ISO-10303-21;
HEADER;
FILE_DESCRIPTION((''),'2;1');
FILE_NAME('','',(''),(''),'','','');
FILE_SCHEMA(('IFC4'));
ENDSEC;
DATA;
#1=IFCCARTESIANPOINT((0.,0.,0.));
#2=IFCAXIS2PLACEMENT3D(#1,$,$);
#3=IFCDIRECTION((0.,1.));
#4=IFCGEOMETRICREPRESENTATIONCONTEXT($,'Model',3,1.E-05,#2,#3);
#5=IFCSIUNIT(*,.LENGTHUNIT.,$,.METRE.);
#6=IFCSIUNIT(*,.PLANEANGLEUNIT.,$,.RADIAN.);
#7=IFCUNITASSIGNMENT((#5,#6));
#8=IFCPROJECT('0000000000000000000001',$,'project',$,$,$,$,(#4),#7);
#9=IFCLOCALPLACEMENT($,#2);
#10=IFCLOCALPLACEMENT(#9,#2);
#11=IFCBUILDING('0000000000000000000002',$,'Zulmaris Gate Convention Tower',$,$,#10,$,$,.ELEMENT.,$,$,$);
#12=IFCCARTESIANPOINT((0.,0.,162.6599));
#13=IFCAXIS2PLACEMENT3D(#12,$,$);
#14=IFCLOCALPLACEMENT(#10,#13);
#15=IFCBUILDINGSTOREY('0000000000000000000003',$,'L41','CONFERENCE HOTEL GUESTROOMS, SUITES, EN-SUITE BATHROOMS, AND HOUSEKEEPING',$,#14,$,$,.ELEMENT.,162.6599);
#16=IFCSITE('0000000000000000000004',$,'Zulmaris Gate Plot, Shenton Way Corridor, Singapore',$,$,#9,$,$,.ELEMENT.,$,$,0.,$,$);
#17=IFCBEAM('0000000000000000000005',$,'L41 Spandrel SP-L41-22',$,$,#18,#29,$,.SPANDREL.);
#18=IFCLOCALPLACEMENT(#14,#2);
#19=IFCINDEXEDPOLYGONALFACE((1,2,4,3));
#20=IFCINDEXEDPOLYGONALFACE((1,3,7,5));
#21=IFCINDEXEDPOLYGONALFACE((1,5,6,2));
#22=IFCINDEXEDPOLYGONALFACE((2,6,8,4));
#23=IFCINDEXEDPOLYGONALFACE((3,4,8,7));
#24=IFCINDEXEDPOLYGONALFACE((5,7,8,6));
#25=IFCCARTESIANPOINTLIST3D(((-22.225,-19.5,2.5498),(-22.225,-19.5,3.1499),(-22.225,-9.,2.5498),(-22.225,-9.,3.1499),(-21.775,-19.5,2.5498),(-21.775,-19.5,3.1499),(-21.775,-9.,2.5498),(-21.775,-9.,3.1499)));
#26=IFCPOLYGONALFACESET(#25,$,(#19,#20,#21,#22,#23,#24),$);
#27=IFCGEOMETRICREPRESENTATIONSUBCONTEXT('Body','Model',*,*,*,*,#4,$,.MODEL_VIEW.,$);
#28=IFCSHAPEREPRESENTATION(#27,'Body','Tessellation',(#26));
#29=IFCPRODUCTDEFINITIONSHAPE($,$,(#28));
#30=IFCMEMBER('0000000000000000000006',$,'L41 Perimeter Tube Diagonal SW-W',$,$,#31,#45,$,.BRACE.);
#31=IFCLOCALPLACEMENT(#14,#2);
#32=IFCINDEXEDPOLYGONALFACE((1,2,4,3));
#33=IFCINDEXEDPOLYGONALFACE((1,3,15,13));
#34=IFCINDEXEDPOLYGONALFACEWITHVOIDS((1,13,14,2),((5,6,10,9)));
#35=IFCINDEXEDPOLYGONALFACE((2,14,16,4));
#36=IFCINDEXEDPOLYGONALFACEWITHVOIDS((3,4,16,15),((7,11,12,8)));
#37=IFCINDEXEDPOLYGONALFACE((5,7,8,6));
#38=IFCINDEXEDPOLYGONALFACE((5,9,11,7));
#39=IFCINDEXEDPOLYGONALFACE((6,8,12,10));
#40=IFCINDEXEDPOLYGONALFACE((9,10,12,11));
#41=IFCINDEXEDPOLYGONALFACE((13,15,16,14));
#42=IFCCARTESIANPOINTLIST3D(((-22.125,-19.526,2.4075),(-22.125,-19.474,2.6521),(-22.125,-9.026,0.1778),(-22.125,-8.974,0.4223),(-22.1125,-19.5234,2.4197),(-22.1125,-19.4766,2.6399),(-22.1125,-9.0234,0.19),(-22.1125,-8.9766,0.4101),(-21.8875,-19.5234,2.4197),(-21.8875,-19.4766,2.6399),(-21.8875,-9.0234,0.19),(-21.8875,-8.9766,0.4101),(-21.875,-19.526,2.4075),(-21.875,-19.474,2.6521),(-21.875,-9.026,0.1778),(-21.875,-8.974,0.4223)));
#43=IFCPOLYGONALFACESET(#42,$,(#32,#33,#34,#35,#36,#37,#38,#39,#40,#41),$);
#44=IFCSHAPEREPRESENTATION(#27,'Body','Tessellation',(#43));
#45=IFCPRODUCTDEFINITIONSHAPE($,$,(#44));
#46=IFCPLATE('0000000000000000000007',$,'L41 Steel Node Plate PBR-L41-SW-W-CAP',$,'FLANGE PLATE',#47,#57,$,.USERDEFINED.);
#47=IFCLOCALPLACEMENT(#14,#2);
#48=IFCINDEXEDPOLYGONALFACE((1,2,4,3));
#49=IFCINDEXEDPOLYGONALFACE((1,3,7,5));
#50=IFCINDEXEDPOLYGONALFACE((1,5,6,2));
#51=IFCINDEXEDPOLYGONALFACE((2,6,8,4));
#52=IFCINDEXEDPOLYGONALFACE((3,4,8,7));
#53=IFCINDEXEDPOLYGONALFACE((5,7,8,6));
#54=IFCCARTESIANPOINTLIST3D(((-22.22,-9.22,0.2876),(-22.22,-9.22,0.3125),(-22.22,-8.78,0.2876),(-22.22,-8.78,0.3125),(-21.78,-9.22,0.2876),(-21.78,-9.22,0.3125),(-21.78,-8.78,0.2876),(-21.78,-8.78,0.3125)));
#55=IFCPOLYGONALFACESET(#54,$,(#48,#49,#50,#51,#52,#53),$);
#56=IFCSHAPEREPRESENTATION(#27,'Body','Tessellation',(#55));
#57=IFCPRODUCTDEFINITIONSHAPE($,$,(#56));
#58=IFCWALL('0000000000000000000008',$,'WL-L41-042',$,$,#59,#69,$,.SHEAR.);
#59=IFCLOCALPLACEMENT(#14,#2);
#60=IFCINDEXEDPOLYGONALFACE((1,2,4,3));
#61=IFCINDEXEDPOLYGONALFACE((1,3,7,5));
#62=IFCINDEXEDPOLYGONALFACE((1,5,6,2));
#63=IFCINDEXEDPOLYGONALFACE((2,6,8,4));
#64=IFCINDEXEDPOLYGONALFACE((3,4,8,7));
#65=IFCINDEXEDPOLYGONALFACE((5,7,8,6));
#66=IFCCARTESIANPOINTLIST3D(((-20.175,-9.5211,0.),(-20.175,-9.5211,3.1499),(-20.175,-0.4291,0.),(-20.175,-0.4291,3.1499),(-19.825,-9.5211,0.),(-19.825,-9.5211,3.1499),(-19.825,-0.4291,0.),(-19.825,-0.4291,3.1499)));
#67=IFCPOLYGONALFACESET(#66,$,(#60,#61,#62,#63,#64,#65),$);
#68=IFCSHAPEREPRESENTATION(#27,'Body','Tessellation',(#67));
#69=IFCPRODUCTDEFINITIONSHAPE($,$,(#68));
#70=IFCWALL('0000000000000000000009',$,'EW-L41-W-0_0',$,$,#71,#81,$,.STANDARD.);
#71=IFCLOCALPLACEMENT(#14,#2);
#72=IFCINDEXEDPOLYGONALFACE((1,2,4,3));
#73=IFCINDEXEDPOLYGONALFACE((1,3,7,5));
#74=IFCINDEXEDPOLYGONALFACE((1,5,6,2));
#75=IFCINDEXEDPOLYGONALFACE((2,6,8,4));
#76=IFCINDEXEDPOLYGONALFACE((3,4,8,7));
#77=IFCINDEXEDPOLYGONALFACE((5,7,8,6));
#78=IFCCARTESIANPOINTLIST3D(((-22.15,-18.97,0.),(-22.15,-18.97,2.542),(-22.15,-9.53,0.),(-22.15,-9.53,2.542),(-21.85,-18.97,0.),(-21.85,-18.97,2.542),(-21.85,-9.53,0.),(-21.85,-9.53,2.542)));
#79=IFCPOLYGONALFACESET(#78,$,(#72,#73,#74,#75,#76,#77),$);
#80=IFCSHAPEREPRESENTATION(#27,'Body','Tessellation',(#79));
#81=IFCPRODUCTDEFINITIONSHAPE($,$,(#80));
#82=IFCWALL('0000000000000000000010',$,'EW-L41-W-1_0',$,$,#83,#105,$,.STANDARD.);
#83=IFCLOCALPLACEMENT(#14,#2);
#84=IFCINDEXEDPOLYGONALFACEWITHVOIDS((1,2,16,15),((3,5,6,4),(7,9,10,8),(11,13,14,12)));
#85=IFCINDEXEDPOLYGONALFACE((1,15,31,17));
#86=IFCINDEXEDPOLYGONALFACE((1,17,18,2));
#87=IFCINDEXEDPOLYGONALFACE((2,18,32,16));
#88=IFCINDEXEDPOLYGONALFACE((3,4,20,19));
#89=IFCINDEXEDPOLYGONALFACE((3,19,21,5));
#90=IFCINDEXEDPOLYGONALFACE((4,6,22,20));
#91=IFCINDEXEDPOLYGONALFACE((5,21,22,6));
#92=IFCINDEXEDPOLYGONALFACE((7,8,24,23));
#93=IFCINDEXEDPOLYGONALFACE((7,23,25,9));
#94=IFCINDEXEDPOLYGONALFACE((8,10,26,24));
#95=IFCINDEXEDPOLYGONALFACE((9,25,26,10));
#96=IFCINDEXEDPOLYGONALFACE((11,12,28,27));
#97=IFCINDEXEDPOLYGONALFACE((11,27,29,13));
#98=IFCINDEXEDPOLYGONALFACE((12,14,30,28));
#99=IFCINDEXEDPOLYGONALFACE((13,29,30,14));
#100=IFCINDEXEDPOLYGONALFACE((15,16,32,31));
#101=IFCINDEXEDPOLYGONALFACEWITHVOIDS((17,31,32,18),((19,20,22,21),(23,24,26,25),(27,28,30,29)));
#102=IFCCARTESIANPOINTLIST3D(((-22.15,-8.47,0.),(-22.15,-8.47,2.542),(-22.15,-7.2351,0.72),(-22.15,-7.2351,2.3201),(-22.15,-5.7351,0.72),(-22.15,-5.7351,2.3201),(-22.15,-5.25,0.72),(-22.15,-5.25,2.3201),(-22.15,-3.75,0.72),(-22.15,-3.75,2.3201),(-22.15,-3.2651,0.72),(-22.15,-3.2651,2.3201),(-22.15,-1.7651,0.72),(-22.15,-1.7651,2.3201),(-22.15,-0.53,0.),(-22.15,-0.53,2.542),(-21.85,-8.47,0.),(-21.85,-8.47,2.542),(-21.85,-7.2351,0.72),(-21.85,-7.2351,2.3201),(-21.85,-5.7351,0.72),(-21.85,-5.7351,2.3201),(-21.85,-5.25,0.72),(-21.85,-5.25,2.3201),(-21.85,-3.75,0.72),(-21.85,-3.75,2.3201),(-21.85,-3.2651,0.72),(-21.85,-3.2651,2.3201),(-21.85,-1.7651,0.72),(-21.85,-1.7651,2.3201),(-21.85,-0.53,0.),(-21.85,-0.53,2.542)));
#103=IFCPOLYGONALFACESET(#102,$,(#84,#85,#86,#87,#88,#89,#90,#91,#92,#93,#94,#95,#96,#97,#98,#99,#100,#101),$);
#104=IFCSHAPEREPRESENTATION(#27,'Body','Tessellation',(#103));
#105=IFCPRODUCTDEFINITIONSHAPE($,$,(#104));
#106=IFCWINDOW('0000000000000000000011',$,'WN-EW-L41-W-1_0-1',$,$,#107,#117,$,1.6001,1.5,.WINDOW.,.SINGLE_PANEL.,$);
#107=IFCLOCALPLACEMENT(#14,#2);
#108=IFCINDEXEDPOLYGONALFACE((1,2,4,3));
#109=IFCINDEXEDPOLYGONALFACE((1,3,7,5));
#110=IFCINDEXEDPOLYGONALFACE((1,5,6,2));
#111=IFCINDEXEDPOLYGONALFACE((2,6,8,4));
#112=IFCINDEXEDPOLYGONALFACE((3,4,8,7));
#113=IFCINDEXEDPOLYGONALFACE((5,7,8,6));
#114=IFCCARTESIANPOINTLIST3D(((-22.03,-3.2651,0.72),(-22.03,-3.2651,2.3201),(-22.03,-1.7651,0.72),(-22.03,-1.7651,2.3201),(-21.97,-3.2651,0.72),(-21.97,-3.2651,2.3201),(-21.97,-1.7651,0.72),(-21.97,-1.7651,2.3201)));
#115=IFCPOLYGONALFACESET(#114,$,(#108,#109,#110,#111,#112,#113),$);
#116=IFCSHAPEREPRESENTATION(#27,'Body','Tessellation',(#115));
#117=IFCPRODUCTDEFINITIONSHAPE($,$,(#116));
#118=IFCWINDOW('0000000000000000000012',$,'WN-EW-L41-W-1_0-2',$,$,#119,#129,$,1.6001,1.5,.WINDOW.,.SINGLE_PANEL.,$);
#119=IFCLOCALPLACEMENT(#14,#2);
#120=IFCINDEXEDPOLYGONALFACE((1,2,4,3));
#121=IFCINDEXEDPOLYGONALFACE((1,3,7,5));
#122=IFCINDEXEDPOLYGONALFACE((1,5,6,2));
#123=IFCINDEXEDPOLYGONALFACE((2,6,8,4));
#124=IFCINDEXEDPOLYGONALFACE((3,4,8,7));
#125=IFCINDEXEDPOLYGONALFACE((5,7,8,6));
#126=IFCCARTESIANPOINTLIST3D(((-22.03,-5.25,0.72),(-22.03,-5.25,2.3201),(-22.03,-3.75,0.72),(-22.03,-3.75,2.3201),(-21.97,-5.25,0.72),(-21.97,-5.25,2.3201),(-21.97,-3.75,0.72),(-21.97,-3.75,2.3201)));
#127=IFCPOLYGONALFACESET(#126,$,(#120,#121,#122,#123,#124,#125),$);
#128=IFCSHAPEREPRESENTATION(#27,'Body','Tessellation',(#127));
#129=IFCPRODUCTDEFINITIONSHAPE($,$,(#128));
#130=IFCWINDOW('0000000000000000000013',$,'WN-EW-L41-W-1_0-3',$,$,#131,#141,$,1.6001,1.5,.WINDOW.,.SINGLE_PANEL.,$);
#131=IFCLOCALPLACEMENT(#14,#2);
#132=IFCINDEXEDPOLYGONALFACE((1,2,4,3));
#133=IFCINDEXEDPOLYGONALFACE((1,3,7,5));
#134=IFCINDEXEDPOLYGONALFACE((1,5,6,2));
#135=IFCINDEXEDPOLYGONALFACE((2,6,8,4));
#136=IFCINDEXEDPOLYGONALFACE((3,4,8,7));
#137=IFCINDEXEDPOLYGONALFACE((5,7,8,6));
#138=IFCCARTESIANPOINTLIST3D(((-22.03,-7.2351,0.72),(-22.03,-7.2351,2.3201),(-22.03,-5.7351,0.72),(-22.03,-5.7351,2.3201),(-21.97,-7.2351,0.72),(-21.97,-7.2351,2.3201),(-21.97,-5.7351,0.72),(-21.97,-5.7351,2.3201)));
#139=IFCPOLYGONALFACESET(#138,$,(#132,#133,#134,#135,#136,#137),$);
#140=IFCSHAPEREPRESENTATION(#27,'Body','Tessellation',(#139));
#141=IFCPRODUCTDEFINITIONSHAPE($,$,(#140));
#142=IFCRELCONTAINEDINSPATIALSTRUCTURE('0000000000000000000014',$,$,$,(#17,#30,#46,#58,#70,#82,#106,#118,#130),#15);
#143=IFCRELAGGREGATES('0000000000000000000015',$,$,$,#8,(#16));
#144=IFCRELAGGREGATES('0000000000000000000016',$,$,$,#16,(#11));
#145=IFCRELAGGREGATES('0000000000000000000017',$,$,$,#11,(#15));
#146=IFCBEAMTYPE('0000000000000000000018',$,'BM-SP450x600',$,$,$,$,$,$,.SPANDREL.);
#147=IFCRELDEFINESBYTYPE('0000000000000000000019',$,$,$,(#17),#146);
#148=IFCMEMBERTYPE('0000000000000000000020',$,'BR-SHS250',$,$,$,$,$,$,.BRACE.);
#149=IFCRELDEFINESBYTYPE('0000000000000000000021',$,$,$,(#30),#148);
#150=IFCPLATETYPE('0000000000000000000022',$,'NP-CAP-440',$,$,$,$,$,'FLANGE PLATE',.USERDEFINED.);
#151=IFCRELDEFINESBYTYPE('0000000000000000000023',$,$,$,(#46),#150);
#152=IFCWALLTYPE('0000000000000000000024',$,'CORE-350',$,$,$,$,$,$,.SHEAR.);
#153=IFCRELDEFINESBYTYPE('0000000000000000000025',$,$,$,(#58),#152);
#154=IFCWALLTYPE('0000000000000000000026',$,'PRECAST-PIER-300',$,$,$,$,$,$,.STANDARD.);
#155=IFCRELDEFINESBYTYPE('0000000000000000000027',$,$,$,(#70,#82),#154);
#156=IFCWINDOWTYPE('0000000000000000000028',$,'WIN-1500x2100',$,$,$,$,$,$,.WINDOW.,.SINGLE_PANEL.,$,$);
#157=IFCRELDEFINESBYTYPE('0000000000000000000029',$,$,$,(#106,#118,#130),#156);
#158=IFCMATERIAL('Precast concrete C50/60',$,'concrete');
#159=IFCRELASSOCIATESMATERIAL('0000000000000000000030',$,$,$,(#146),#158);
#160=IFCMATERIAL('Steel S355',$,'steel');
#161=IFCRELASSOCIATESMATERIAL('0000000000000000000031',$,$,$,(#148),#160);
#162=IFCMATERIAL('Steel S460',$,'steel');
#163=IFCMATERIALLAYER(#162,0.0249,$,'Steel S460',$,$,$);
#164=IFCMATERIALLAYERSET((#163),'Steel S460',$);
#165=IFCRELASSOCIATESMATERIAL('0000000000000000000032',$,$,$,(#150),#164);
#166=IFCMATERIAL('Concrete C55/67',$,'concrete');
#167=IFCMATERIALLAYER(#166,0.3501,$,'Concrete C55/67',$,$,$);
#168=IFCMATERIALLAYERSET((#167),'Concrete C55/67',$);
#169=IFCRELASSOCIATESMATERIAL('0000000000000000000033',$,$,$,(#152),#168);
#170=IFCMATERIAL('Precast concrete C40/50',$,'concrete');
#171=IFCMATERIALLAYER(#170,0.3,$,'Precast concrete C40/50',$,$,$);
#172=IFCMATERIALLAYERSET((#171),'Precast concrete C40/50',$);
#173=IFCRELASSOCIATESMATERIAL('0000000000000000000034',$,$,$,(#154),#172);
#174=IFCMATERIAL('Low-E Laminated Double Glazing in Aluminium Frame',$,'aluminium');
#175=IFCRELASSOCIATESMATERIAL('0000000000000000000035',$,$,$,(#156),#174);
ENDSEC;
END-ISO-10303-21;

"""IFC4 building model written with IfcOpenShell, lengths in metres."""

from ifc_helpers import new_model, si_unit, direction, frame, frame_2d, origin, origin_2d, place, context, subcontext, project, spatial, rectangle, hollow_rectangle, extrude, material, layer, layer_set, material_profile, profile_set, type_object, element, fill, save


model = new_model("IFC4")

# Units and contexts
model_context = context("Model", 3, precision=1e-05, world=origin(), true_north=direction((0.0, 1.0)))
body_context = subcontext(model_context, "Body", "Model", "MODEL_VIEW")
ifc_project = project(units=[si_unit("LENGTHUNIT", "METRE"), si_unit("PLANEANGLEUNIT", "RADIAN")], contexts=[model_context])

# Site, building, storey
site_placement = place(None, origin())
site = spatial("IfcSite", under=ifc_project, at=site_placement, Name="Zulmaris Gate Plot, Shenton Way Corridor, Singapore", CompositionType="ELEMENT", RefElevation=0.0)
building_placement = place(site_placement, origin())
building = spatial("IfcBuilding", under=site, at=building_placement, Name="Zulmaris Gate Convention Tower", CompositionType="ELEMENT")
storey_placement = place(building_placement, frame((0.0, 0.0, 162.6599)))
storey = spatial("IfcBuildingStorey", under=building, at=storey_placement, Name="L41", Description="CONFERENCE HOTEL GUESTROOMS, SUITES, EN-SUITE BATHROOMS, AND HOUSEKEEPING", CompositionType="ELEMENT", Elevation=162.6599)

# Beam
ifc_material_1 = material(Name="Steel S355", Category="steel")
ifc_material_2 = material(Name="Precast concrete C50/60", Category="concrete")
ifc_material_profile_1 = material_profile(ifc_material_2, rectangle(XDim=0.45, YDim=0.6001, at=origin_2d()), Name="RC SPANDREL 450x600")
ifc_profile_set_1 = profile_set([ifc_material_profile_1], Name="Precast concrete C50/60")
beam_type_1 = type_object("IfcBeamType", Name="BM-SP450x600", PredefinedType="SPANDREL", material=ifc_profile_set_1)
beam_1_placement = place(storey_placement, frame((-22.0, -9.0, 2.8499), z_axis=(0.0, -1.0, 0.0), x_axis=(1.0, 0.0, 0.0)))
element("IfcBeam", 1, at=beam_1_placement, inside=storey, type_object=beam_type_1, Name="L41 Spandrel SP-L41-22", PredefinedType="SPANDREL", context=body_context, shape_type="SweptSolid", body=[
    extrude(rectangle(XDim=0.45, YDim=0.6001, at=origin_2d()), origin(), (0.0, 0.0, 1.0), 10.5),
])

# Member
ifc_material_profile_2 = material_profile(ifc_material_1, hollow_rectangle(XDim=0.25, YDim=0.25, WallThickness=0.0125, at=origin_2d()), Name="SHS 250x250x12.5")
ifc_profile_set_2 = profile_set([ifc_material_profile_2], Name="Steel S355")
member_type = type_object("IfcMemberType", Name="BR-SHS250", PredefinedType="BRACE", material=ifc_profile_set_2)
member_placement = place(storey_placement, frame((-22.0, -9.0, 0.3), z_axis=(0.0, -0.978188, 0.207724), x_axis=(1.0, 0.0, 0.0)))
element("IfcMember", 2, at=member_placement, inside=storey, type_object=member_type, Name="L41 Perimeter Tube Diagonal SW-W", PredefinedType="BRACE", context=body_context, shape_type="SweptSolid", body=[
    extrude(hollow_rectangle(XDim=0.25, YDim=0.25, WallThickness=0.0125, at=origin_2d()), origin(), (0.0, 0.0, 1.0), 10.7341),
])

# Plate
ifc_material_3 = material(Name="Steel S460", Category="steel")
ifc_layer_1 = layer(ifc_material_3, 0.0249, Name="Steel S460")
ifc_layer_set_1 = layer_set([ifc_layer_1], Name="Steel S460")
plate_type = type_object("IfcPlateType", Name="NP-CAP-440", ElementType="FLANGE PLATE", PredefinedType="USERDEFINED", material=ifc_layer_set_1)
plate_placement = place(storey_placement, frame((-22.0, -9.0, 0.2876), z_axis=(0.0, 0.0, 1.0), x_axis=(1.0, 0.0, 0.0)))
element("IfcPlate", 3, at=plate_placement, inside=storey, type_object=plate_type, Name="L41 Steel Node Plate PBR-L41-SW-W-CAP", ObjectType="FLANGE PLATE", PredefinedType="USERDEFINED", context=body_context, shape_type="SweptSolid", body=[
    extrude(rectangle(XDim=0.4399, YDim=0.4399, at=origin_2d()), origin(), (0.0, 0.0, 1.0), 0.0249),
])

# Walls
ifc_material_4 = material(Name="Concrete C55/67", Category="concrete")
ifc_layer_2 = layer(ifc_material_4, 0.3501, Name="Concrete C55/67")
ifc_layer_set_2 = layer_set([ifc_layer_2], Name="Concrete C55/67")
wall_type_1 = type_object("IfcWallType", Name="CORE-350", PredefinedType="SHEAR", material=ifc_layer_set_2)
wall_1_placement = place(storey_placement, frame((-20.0, -9.521, 0.0), z_axis=(0.0, 0.0, 1.0), x_axis=(0.0, 1.0, 0.0)))
element("IfcWall", 4, at=wall_1_placement, inside=storey, type_object=wall_type_1, Name="WL-L41-042", PredefinedType="SHEAR", context=body_context, shape_type="SweptSolid", body=[
    extrude(rectangle(XDim=9.092, YDim=0.3501, at=frame_2d((4.5459, 0.0))), origin(), (0.0, 0.0, 1.0), 3.1499),
])
ifc_material_5 = material(Name="Precast concrete C40/50", Category="concrete")
ifc_layer_3 = layer(ifc_material_5, 0.3, Name="Precast concrete C40/50")
ifc_layer_set_3 = layer_set([ifc_layer_3], Name="Precast concrete C40/50")
wall_type_2 = type_object("IfcWallType", Name="PRECAST-PIER-300", PredefinedType="STANDARD", material=ifc_layer_set_3)
wall_2_placement = place(storey_placement, frame((-22.0, -9.53, 0.0), z_axis=(0.0, 0.0, 1.0), x_axis=(0.0, -1.0, 0.0)))
element("IfcWall", 5, at=wall_2_placement, inside=storey, type_object=wall_type_2, Name="EW-L41-W-0_0", PredefinedType="STANDARD", context=body_context, shape_type="SweptSolid", body=[
    extrude(rectangle(XDim=9.4399, YDim=0.3, at=frame_2d((4.72, 0.0))), origin(), (0.0, 0.0, 1.0), 2.542),
])

# Wall, openings, windows
wall_3_placement = place(storey_placement, frame((-22.0, -0.53, 0.0), z_axis=(0.0, 0.0, 1.0), x_axis=(0.0, -1.0, 0.0)))
wall_3 = element("IfcWall", 6, at=wall_3_placement, inside=storey, type_object=wall_type_2, Name="EW-L41-W-1_0", PredefinedType="STANDARD", context=body_context, shape_type="SweptSolid", body=[
    extrude(rectangle(XDim=7.9399, YDim=0.3, at=frame_2d((3.97, 0.0))), origin(), (0.0, 0.0, 1.0), 2.542),
])
opening_1_placement = place(wall_3_placement, frame((1.2351, 0.0, 0.72)))
opening_1 = element("IfcOpeningElement", 7, at=opening_1_placement, cuts=wall_3, PredefinedType="OPENING", context=body_context, shape_type="SweptSolid", body=[
    extrude(rectangle(XDim=1.5, YDim=1.6001, at=frame_2d((0.75, 0.8))), frame((0.0, 0.1602, 0.0), z_axis=(0.0, -1.0, 0.0), x_axis=(1.0, 0.0, 0.0)), (0.0, 0.0, 1.0), 0.3201),
])
opening_2_placement = place(wall_3_placement, frame((3.22, 0.0, 0.72)))
opening_2 = element("IfcOpeningElement", 8, at=opening_2_placement, cuts=wall_3, PredefinedType="OPENING", context=body_context, shape_type="SweptSolid", body=[
    extrude(rectangle(XDim=1.5, YDim=1.6001, at=frame_2d((0.75, 0.8))), frame((0.0, 0.1602, 0.0), z_axis=(0.0, -1.0, 0.0), x_axis=(1.0, 0.0, 0.0)), (0.0, 0.0, 1.0), 0.3201),
])
opening_3_placement = place(wall_3_placement, frame((5.2051, 0.0, 0.72)))
opening_3 = element("IfcOpeningElement", 9, at=opening_3_placement, cuts=wall_3, PredefinedType="OPENING", context=body_context, shape_type="SweptSolid", body=[
    extrude(rectangle(XDim=1.5, YDim=1.6001, at=frame_2d((0.75, 0.8))), frame((0.0, 0.1602, 0.0), z_axis=(0.0, -1.0, 0.0), x_axis=(1.0, 0.0, 0.0)), (0.0, 0.0, 1.0), 0.3201),
])
ifc_material_6 = material(Name="Low-E Laminated Double Glazing in Aluminium Frame", Category="aluminium")
window_type = type_object("IfcWindowType", Name="WIN-1500x2100", PartitioningType="SINGLE_PANEL", PredefinedType="WINDOW", material=ifc_material_6)
window_1_placement = place(opening_1_placement, origin())
window_1 = element("IfcWindow", 10, at=window_1_placement, inside=storey, type_object=window_type, Name="WN-EW-L41-W-1_0-1", OverallHeight=1.6001, OverallWidth=1.5, PartitioningType="SINGLE_PANEL", PredefinedType="WINDOW", context=body_context, shape_type="SweptSolid", body=[
    extrude(rectangle(XDim=1.5, YDim=1.6001, at=frame_2d((0.75, 0.8))), frame((0.0, 0.03, 0.0), z_axis=(0.0, -1.0, 0.0), x_axis=(1.0, 0.0, 0.0)), (0.0, 0.0, 1.0), 0.0601),
])
fill(opening_1, window_1)
window_2_placement = place(opening_2_placement, origin())
window_2 = element("IfcWindow", 11, at=window_2_placement, inside=storey, type_object=window_type, Name="WN-EW-L41-W-1_0-2", OverallHeight=1.6001, OverallWidth=1.5, PartitioningType="SINGLE_PANEL", PredefinedType="WINDOW", context=body_context, shape_type="SweptSolid", body=[
    extrude(rectangle(XDim=1.5, YDim=1.6001, at=frame_2d((0.75, 0.8))), frame((0.0, 0.03, 0.0), z_axis=(0.0, -1.0, 0.0), x_axis=(1.0, 0.0, 0.0)), (0.0, 0.0, 1.0), 0.0601),
])
fill(opening_2, window_2)
window_3_placement = place(opening_3_placement, origin())
window_3 = element("IfcWindow", 12, at=window_3_placement, inside=storey, type_object=window_type, Name="WN-EW-L41-W-1_0-3", OverallHeight=1.6001, OverallWidth=1.5, PartitioningType="SINGLE_PANEL", PredefinedType="WINDOW", context=body_context, shape_type="SweptSolid", body=[
    extrude(rectangle(XDim=1.5, YDim=1.6001, at=frame_2d((0.75, 0.8))), frame((0.0, 0.03, 0.0), z_axis=(0.0, -1.0, 0.0), x_axis=(1.0, 0.0, 0.0)), (0.0, 0.0, 1.0), 0.0601),
])
fill(opening_3, window_3)

save(model, "model.ifc")
